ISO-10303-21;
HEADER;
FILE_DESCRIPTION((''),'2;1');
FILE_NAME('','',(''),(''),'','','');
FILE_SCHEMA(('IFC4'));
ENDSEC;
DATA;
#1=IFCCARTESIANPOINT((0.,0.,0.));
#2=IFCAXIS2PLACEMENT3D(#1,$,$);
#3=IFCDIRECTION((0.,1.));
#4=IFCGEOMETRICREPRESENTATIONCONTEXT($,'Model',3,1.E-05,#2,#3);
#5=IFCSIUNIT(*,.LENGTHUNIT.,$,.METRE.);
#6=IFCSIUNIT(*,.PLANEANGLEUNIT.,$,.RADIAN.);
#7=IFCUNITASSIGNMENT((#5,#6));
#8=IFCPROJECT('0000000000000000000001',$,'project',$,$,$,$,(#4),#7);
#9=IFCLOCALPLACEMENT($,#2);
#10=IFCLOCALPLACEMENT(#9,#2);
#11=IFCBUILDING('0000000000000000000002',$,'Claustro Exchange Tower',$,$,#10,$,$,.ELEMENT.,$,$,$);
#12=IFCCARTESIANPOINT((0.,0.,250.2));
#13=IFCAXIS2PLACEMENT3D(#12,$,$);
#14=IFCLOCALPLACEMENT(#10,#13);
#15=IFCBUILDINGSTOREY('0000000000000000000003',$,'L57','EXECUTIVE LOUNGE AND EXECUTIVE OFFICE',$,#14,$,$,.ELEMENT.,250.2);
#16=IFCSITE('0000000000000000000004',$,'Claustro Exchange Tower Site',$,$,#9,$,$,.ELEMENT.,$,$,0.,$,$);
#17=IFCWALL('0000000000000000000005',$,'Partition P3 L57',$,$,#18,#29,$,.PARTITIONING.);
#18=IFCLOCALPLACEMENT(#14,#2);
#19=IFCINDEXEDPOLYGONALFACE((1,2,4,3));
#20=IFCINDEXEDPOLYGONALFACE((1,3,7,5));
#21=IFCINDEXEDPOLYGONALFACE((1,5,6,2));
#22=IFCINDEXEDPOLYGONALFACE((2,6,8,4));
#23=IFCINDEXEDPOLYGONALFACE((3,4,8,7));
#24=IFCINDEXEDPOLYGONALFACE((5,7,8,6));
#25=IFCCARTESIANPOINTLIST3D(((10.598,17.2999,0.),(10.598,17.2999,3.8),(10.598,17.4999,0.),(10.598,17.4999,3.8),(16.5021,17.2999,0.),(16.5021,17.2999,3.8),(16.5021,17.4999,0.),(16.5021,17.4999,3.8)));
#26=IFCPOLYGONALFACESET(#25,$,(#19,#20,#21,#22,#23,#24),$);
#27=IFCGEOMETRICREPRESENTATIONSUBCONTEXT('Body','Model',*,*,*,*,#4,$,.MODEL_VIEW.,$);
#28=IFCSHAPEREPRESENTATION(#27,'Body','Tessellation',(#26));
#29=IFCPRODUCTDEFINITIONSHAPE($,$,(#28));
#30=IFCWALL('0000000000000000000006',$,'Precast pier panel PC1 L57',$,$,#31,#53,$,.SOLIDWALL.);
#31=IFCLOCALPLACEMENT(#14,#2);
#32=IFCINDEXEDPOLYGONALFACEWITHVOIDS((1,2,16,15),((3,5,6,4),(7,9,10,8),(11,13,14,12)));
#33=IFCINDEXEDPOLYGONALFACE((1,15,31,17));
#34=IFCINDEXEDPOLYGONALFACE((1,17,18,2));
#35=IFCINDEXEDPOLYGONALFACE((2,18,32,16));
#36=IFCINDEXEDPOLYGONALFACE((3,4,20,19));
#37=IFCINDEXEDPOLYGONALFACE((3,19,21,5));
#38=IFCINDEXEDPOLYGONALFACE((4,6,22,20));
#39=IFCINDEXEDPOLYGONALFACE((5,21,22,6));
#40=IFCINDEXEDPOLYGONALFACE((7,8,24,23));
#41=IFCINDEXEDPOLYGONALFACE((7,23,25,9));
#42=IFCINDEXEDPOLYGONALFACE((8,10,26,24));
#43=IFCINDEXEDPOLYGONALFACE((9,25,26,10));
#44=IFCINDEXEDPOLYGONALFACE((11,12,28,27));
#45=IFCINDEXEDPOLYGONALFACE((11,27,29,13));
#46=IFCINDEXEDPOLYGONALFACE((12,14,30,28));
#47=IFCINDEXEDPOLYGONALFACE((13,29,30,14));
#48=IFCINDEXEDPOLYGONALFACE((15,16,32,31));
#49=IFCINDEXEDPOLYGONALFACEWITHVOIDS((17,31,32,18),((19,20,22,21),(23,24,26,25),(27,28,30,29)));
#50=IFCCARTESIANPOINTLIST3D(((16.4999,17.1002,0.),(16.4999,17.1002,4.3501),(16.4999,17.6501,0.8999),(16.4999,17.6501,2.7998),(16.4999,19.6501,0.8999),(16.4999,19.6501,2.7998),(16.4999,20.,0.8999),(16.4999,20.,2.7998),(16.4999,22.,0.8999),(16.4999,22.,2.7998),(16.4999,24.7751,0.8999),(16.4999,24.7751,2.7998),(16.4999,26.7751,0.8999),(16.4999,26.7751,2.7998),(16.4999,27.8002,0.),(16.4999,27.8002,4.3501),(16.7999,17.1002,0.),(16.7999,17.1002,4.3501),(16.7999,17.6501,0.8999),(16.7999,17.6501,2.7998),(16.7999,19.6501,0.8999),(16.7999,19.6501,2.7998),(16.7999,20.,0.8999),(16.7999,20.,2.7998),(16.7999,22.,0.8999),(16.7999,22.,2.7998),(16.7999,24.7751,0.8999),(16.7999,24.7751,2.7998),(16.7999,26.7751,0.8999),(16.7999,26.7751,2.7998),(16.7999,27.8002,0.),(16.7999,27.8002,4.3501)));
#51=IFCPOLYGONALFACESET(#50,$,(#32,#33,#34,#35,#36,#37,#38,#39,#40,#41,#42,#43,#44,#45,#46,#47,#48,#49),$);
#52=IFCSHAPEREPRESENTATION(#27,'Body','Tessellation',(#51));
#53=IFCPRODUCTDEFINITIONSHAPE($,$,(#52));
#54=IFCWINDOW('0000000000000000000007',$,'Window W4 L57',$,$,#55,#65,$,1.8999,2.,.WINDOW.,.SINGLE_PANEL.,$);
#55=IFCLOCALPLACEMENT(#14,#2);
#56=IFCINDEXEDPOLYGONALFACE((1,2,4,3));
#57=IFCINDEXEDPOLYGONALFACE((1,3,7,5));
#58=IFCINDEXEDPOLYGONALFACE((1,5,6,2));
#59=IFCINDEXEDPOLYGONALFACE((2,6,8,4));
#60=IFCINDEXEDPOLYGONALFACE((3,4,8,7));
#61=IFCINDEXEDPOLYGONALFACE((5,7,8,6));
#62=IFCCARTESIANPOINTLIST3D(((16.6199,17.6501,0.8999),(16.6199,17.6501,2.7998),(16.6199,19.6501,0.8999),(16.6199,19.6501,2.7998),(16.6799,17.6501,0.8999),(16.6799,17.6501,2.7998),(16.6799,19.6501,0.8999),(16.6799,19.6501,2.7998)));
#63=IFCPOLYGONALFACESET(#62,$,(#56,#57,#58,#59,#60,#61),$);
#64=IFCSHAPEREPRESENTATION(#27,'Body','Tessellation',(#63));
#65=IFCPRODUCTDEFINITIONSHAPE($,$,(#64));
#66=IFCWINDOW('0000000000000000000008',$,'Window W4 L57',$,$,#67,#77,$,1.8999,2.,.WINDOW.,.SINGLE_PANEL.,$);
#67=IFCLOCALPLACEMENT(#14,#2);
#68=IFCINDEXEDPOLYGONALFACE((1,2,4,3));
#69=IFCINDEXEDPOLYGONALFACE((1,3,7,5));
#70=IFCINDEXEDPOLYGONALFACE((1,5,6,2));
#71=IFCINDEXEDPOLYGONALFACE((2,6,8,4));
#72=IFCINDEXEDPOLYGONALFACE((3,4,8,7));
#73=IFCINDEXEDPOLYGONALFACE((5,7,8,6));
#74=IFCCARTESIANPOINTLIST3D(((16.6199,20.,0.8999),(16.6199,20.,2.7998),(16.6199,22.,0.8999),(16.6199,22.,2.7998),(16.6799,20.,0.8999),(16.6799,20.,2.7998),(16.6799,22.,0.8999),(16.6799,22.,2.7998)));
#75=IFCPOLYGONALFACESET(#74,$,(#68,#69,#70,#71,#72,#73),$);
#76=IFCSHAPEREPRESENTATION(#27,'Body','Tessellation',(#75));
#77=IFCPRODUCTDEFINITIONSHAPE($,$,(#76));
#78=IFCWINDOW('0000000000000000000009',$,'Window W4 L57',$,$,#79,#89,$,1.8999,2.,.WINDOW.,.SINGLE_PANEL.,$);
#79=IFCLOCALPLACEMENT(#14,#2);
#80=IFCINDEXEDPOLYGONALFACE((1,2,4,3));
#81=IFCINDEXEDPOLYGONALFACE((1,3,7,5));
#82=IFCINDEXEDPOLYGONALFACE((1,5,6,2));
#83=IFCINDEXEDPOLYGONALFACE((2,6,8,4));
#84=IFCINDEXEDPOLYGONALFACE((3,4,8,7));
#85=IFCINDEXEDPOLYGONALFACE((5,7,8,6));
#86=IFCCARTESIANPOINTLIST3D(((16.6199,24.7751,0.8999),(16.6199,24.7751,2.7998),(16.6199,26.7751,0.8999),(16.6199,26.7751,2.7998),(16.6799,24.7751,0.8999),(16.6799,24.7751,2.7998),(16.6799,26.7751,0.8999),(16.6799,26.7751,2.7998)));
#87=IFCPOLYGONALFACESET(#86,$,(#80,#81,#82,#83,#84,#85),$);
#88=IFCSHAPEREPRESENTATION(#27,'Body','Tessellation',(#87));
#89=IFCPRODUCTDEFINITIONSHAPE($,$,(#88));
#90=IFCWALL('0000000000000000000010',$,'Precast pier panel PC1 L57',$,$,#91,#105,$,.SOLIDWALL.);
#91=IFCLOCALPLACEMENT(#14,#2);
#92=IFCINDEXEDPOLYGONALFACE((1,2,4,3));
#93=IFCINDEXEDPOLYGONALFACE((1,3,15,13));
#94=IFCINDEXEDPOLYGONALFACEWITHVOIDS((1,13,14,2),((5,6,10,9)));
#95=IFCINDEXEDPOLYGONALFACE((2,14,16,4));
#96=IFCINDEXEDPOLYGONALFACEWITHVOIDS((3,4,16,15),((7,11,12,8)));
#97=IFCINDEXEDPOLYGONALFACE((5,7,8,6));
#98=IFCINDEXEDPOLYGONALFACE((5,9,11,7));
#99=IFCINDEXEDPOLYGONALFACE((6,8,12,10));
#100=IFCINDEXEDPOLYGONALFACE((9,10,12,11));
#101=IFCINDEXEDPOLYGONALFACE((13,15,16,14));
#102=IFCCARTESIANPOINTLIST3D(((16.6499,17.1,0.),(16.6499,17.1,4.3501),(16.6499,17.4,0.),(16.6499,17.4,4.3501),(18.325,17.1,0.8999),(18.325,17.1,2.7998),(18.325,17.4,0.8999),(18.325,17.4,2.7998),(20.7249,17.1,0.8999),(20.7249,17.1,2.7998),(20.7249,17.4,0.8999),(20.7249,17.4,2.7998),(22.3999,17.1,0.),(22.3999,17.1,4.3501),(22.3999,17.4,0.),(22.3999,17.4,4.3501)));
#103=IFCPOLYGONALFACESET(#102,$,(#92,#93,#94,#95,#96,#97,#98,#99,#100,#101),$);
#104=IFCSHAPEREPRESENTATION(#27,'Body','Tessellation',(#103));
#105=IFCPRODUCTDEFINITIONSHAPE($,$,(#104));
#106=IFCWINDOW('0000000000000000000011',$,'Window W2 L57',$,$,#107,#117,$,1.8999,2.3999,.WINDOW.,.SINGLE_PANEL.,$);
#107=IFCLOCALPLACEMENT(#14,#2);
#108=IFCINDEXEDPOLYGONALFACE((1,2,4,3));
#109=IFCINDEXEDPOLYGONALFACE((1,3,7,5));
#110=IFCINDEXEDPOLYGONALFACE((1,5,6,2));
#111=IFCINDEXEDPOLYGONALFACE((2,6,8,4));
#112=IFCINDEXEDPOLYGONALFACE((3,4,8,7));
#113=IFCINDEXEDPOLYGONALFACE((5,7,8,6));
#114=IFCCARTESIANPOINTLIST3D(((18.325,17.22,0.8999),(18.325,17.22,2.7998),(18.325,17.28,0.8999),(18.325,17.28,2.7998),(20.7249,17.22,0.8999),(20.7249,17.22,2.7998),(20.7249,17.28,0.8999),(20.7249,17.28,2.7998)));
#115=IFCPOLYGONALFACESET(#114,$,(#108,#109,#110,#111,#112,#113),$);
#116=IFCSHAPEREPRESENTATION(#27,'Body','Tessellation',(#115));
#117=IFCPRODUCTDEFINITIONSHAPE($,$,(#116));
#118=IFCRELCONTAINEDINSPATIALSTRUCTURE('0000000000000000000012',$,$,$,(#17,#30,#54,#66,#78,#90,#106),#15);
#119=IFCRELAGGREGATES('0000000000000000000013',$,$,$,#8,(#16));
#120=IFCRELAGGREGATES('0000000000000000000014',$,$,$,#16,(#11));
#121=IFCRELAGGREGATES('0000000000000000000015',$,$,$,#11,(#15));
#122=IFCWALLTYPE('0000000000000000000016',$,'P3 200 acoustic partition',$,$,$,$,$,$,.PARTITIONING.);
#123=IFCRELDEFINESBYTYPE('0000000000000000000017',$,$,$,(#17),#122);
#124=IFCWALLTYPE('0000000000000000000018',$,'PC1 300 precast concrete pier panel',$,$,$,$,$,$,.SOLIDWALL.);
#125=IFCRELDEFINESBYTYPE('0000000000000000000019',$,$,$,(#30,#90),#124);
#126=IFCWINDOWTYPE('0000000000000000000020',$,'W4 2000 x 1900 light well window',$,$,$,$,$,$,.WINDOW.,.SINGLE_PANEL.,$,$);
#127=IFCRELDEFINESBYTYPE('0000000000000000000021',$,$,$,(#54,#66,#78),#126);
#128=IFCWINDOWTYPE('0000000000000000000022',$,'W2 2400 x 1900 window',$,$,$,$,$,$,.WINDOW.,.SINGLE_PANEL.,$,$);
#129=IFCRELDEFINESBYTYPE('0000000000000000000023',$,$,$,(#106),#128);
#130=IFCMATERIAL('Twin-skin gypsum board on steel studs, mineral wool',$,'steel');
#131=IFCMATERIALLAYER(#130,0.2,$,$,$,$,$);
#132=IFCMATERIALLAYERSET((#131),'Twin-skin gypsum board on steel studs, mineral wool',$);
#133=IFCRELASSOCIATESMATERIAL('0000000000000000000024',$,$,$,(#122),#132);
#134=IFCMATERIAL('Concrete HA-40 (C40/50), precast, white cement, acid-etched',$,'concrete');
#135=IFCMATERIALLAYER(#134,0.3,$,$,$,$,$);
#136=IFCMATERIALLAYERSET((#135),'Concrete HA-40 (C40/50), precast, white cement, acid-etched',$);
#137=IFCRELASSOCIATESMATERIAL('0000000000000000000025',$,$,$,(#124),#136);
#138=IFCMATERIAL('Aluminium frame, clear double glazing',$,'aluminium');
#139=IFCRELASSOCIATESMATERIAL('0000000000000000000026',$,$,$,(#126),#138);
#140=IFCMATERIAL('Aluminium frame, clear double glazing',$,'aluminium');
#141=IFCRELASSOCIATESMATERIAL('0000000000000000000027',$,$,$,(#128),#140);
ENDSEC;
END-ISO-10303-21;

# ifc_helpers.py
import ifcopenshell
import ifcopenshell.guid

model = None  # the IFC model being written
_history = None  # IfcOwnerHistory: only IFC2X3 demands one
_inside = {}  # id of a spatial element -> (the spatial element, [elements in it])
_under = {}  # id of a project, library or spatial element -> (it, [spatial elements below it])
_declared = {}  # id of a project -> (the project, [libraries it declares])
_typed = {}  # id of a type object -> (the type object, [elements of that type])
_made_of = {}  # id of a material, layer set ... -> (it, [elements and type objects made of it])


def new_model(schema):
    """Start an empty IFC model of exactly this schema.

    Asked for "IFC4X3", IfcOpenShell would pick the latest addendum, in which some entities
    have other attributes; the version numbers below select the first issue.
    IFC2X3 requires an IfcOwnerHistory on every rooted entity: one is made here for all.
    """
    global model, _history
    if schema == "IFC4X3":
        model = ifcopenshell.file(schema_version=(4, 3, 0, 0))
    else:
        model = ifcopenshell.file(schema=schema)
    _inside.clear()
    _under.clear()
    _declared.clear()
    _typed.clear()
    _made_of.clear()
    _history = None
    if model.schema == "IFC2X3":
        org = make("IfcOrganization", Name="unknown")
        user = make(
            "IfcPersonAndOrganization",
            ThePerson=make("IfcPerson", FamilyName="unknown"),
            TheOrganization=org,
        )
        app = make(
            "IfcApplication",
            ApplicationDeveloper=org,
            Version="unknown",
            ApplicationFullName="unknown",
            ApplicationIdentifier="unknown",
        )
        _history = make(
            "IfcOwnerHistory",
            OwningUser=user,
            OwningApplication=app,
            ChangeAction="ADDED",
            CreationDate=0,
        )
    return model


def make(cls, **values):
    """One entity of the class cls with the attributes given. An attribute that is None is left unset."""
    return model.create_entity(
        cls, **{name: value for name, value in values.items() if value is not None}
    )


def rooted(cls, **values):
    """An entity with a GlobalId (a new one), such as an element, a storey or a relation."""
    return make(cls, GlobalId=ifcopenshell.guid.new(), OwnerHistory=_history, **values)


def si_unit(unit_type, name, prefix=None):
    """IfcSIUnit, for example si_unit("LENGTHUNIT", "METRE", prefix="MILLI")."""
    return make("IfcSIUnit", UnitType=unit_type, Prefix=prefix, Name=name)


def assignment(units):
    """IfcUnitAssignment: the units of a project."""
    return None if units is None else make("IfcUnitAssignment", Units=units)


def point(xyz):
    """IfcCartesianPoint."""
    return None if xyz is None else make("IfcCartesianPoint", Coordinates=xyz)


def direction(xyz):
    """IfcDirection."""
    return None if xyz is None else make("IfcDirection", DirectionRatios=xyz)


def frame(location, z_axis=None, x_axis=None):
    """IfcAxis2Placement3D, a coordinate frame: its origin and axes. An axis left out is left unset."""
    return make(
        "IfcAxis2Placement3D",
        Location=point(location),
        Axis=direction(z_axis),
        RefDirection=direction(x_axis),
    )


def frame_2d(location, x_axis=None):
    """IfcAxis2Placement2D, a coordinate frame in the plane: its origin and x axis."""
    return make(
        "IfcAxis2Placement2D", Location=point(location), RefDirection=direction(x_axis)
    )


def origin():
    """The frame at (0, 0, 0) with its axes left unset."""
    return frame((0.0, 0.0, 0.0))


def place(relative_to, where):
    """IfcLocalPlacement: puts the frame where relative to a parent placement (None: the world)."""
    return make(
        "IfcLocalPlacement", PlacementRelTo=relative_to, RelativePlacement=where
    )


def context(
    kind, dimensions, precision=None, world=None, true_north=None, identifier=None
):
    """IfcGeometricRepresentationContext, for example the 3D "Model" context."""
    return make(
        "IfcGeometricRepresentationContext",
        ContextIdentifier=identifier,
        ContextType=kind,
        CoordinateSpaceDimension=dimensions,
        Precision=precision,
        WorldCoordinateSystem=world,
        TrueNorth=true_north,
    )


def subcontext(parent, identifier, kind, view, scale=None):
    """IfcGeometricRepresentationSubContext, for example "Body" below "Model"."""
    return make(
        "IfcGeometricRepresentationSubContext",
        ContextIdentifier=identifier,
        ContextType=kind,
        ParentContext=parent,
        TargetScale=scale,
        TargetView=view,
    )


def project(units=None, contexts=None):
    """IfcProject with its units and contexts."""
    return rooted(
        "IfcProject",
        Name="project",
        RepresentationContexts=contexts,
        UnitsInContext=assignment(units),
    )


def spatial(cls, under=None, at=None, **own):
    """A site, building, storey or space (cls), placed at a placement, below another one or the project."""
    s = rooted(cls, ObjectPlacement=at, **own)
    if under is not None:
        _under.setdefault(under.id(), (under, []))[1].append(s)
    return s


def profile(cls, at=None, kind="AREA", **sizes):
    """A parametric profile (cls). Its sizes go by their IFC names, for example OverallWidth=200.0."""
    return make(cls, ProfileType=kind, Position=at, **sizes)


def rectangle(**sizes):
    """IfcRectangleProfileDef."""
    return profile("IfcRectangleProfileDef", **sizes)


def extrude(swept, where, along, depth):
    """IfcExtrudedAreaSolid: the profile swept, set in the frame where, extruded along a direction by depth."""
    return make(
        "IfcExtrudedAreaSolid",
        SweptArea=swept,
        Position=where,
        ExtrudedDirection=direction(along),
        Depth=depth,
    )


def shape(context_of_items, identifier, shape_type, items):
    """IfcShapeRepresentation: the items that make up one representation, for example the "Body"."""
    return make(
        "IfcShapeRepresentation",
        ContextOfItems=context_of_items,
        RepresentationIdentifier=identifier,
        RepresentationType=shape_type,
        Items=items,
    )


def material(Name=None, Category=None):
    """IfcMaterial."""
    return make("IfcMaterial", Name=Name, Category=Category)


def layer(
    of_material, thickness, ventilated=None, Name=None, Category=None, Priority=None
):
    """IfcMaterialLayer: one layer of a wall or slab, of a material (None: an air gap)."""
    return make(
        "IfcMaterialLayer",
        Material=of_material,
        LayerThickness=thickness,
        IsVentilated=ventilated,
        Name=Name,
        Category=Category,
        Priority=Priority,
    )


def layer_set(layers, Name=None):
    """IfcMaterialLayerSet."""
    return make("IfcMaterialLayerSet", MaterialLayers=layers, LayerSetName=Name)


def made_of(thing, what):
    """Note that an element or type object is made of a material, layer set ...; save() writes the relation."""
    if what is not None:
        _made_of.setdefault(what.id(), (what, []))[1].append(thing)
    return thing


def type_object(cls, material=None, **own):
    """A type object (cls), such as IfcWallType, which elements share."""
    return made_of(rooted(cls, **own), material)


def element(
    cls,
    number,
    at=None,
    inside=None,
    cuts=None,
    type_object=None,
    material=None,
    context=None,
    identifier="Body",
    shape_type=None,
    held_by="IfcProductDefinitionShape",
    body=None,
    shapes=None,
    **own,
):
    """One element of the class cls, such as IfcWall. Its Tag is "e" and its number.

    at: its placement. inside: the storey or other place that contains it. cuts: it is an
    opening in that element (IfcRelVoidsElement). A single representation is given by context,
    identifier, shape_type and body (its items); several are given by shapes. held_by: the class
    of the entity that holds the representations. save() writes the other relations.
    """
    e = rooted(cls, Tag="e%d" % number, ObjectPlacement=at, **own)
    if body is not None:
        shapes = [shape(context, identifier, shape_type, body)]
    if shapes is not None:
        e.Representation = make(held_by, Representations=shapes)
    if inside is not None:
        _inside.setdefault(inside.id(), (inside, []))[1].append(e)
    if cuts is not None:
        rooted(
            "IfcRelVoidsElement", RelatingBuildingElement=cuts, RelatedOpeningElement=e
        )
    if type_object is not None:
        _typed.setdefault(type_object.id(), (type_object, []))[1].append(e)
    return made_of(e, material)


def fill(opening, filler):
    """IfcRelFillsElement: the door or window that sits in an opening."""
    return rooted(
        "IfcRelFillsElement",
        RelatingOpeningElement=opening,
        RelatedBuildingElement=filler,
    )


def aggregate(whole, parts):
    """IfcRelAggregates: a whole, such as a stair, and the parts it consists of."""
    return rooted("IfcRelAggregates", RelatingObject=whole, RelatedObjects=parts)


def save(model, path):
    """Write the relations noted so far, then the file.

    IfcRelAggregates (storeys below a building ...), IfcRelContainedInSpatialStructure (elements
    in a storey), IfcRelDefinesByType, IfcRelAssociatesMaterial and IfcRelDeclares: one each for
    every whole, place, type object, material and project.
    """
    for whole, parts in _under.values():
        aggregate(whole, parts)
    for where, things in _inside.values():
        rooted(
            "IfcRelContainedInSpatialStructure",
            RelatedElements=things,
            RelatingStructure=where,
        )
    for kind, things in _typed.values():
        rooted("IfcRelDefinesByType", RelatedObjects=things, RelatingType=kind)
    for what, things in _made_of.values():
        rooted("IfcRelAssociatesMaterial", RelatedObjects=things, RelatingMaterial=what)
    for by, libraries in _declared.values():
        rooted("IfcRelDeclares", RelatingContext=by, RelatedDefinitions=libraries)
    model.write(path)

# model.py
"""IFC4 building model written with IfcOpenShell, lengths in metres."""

from ifc_helpers import new_model, si_unit, direction, frame, frame_2d, origin, place, context, subcontext, project, spatial, rectangle, extrude, material, layer, layer_set, type_object, element, fill, save


model = new_model("IFC4")

# Units and contexts
model_context = context("Model", 3, precision=1e-05, world=origin(), true_north=direction((0.0, 1.0)))
body_context = subcontext(model_context, "Body", "Model", "MODEL_VIEW")
ifc_project = project(units=[si_unit("LENGTHUNIT", "METRE"), si_unit("PLANEANGLEUNIT", "RADIAN")], contexts=[model_context])

# Site, building, storey
site_placement = place(None, origin())
site = spatial("IfcSite", under=ifc_project, at=site_placement, Name="Claustro Exchange Tower Site", CompositionType="ELEMENT", RefElevation=0.0)
building_placement = place(site_placement, origin())
building = spatial("IfcBuilding", under=site, at=building_placement, Name="Claustro Exchange Tower", CompositionType="ELEMENT")
storey_placement = place(building_placement, frame((0.0, 0.0, 250.2)))
storey = spatial("IfcBuildingStorey", under=building, at=storey_placement, Name="L57", Description="EXECUTIVE LOUNGE AND EXECUTIVE OFFICE", CompositionType="ELEMENT", Elevation=250.2)

# Wall
ifc_material_1 = material(Name="Twin-skin gypsum board on steel studs, mineral wool", Category="steel")
ifc_layer_1 = layer(ifc_material_1, 0.2)
ifc_layer_set_1 = layer_set([ifc_layer_1], Name="Twin-skin gypsum board on steel studs, mineral wool")
wall_type_1 = type_object("IfcWallType", Name="P3 200 acoustic partition", PredefinedType="PARTITIONING", material=ifc_layer_set_1)
wall_1_placement = place(storey_placement, frame((10.5979, 17.3999, 0.0), z_axis=(0.0, 0.0, 1.0), x_axis=(1.0, 0.0, 0.0)))
element("IfcWall", 1, at=wall_1_placement, inside=storey, type_object=wall_type_1, Name="Partition P3 L57", PredefinedType="PARTITIONING", context=body_context, shape_type="SweptSolid", body=[
    extrude(rectangle(XDim=5.9041, YDim=0.2, at=frame_2d((2.9521, 0.0))), origin(), (0.0, 0.0, 1.0), 3.8),
])

# Wall, openings, windows
ifc_material_2 = material(Name="Concrete HA-40 (C40/50), precast, white cement, acid-etched", Category="concrete")
ifc_layer_2 = layer(ifc_material_2, 0.3)
ifc_layer_set_2 = layer_set([ifc_layer_2], Name="Concrete HA-40 (C40/50), precast, white cement, acid-etched")
wall_type_2 = type_object("IfcWallType", Name="PC1 300 precast concrete pier panel", PredefinedType="SOLIDWALL", material=ifc_layer_set_2)
wall_2_placement = place(storey_placement, frame((16.6499, 17.1001, 0.0), z_axis=(0.0, 0.0, 1.0), x_axis=(0.0, 1.0, 0.0)))
wall_2 = element("IfcWall", 2, at=wall_2_placement, inside=storey, type_object=wall_type_2, Name="Precast pier panel PC1 L57", PredefinedType="SOLIDWALL", context=body_context, shape_type="SweptSolid", body=[
    extrude(rectangle(XDim=10.7, YDim=0.3, at=frame_2d((5.3501, 0.0))), origin(), (0.0, 0.0, 1.0), 4.3501),
])
opening_1_placement = place(wall_2_placement, frame((0.55, 0.0, 0.8999)))
opening_1 = element("IfcOpeningElement", 3, at=opening_1_placement, cuts=wall_2, PredefinedType="OPENING", context=body_context, shape_type="SweptSolid", body=[
    extrude(rectangle(XDim=2.0, YDim=1.8999, at=frame_2d((1.0, 0.95))), frame((0.0, 0.1599, 0.0), z_axis=(0.0, -1.0, 0.0), x_axis=(1.0, 0.0, 0.0)), (0.0, 0.0, 1.0), 0.3201),
])
opening_2_placement = place(wall_2_placement, frame((2.8999, 0.0, 0.8999)))
opening_2 = element("IfcOpeningElement", 4, at=opening_2_placement, cuts=wall_2, PredefinedType="OPENING", context=body_context, shape_type="SweptSolid", body=[
    extrude(rectangle(XDim=2.0, YDim=1.8999, at=frame_2d((1.0, 0.95))), frame((0.0, 0.1599, 0.0), z_axis=(0.0, -1.0, 0.0), x_axis=(1.0, 0.0, 0.0)), (0.0, 0.0, 1.0), 0.3201),
])
opening_3_placement = place(wall_2_placement, frame((7.675, 0.0, 0.8999)))
opening_3 = element("IfcOpeningElement", 5, at=opening_3_placement, cuts=wall_2, PredefinedType="OPENING", context=body_context, shape_type="SweptSolid", body=[
    extrude(rectangle(XDim=2.0, YDim=1.8999, at=frame_2d((1.0, 0.95))), frame((0.0, 0.1599, 0.0), z_axis=(0.0, -1.0, 0.0), x_axis=(1.0, 0.0, 0.0)), (0.0, 0.0, 1.0), 0.3201),
])
ifc_material_3 = material(Name="Aluminium frame, clear double glazing", Category="aluminium")
window_type_1 = type_object("IfcWindowType", Name="W4 2000 x 1900 light well window", PartitioningType="SINGLE_PANEL", PredefinedType="WINDOW", material=ifc_material_3)
window_1_placement = place(opening_1_placement, origin())
window_1 = element("IfcWindow", 6, at=window_1_placement, inside=storey, type_object=window_type_1, Name="Window W4 L57", OverallHeight=1.8999, OverallWidth=2.0, PartitioningType="SINGLE_PANEL", PredefinedType="WINDOW", context=body_context, shape_type="SweptSolid", body=[
    extrude(rectangle(XDim=2.0, YDim=1.8999, at=frame_2d((1.0, 0.95))), frame((0.0, 0.03, 0.0), z_axis=(0.0, -1.0, 0.0), x_axis=(1.0, 0.0, 0.0)), (0.0, 0.0, 1.0), 0.0601),
])
fill(opening_1, window_1)
window_2_placement = place(opening_2_placement, origin())
window_2 = element("IfcWindow", 7, at=window_2_placement, inside=storey, type_object=window_type_1, Name="Window W4 L57", OverallHeight=1.8999, OverallWidth=2.0, PartitioningType="SINGLE_PANEL", PredefinedType="WINDOW", context=body_context, shape_type="SweptSolid", body=[
    extrude(rectangle(XDim=2.0, YDim=1.8999, at=frame_2d((1.0, 0.95))), frame((0.0, 0.03, 0.0), z_axis=(0.0, -1.0, 0.0), x_axis=(1.0, 0.0, 0.0)), (0.0, 0.0, 1.0), 0.0601),
])
fill(opening_2, window_2)
window_3_placement = place(opening_3_placement, origin())
window_3 = element("IfcWindow", 8, at=window_3_placement, inside=storey, type_object=window_type_1, Name="Window W4 L57", OverallHeight=1.8999, OverallWidth=2.0, PartitioningType="SINGLE_PANEL", PredefinedType="WINDOW", context=body_context, shape_type="SweptSolid", body=[
    extrude(rectangle(XDim=2.0, YDim=1.8999, at=frame_2d((1.0, 0.95))), frame((0.0, 0.03, 0.0), z_axis=(0.0, -1.0, 0.0), x_axis=(1.0, 0.0, 0.0)), (0.0, 0.0, 1.0), 0.0601),
])
fill(opening_3, window_3)

# Wall, opening, window
wall_3_placement = place(storey_placement, frame((16.6499, 17.25, 0.0), z_axis=(0.0, 0.0, 1.0), x_axis=(1.0, 0.0, 0.0)))
wall_3 = element("IfcWall", 9, at=wall_3_placement, inside=storey, type_object=wall_type_2, Name="Precast pier panel PC1 L57", PredefinedType="SOLIDWALL", context=body_context, shape_type="SweptSolid", body=[
    extrude(rectangle(XDim=5.75, YDim=0.3, at=frame_2d((2.875, 0.0))), origin(), (0.0, 0.0, 1.0), 4.3501),
])
opening_4_placement = place(wall_3_placement, frame((1.675, 0.0, 0.8999)))
opening_4 = element("IfcOpeningElement", 10, at=opening_4_placement, cuts=wall_3, PredefinedType="OPENING", context=body_context, shape_type="SweptSolid", body=[
    extrude(rectangle(XDim=2.3999, YDim=1.8999, at=frame_2d((1.2, 0.95))), frame((0.0, 0.1599, 0.0), z_axis=(0.0, -1.0, 0.0), x_axis=(1.0, 0.0, 0.0)), (0.0, 0.0, 1.0), 0.3201),
])
ifc_material_4 = material(Name="Aluminium frame, clear double glazing", Category="aluminium")
window_type_2 = type_object("IfcWindowType", Name="W2 2400 x 1900 window", PartitioningType="SINGLE_PANEL", PredefinedType="WINDOW", material=ifc_material_4)
window_4_placement = place(opening_4_placement, origin())
window_4 = element("IfcWindow", 11, at=window_4_placement, inside=storey, type_object=window_type_2, Name="Window W2 L57", OverallHeight=1.8999, OverallWidth=2.3999, PartitioningType="SINGLE_PANEL", PredefinedType="WINDOW", context=body_context, shape_type="SweptSolid", body=[
    extrude(rectangle(XDim=2.3999, YDim=1.8999, at=frame_2d((1.2, 0.95))), frame((0.0, 0.03, 0.0), z_axis=(0.0, -1.0, 0.0), x_axis=(1.0, 0.0, 0.0)), (0.0, 0.0, 1.0), 0.0601),
])
fill(opening_4, window_4)

save(model, "model.ifc")
